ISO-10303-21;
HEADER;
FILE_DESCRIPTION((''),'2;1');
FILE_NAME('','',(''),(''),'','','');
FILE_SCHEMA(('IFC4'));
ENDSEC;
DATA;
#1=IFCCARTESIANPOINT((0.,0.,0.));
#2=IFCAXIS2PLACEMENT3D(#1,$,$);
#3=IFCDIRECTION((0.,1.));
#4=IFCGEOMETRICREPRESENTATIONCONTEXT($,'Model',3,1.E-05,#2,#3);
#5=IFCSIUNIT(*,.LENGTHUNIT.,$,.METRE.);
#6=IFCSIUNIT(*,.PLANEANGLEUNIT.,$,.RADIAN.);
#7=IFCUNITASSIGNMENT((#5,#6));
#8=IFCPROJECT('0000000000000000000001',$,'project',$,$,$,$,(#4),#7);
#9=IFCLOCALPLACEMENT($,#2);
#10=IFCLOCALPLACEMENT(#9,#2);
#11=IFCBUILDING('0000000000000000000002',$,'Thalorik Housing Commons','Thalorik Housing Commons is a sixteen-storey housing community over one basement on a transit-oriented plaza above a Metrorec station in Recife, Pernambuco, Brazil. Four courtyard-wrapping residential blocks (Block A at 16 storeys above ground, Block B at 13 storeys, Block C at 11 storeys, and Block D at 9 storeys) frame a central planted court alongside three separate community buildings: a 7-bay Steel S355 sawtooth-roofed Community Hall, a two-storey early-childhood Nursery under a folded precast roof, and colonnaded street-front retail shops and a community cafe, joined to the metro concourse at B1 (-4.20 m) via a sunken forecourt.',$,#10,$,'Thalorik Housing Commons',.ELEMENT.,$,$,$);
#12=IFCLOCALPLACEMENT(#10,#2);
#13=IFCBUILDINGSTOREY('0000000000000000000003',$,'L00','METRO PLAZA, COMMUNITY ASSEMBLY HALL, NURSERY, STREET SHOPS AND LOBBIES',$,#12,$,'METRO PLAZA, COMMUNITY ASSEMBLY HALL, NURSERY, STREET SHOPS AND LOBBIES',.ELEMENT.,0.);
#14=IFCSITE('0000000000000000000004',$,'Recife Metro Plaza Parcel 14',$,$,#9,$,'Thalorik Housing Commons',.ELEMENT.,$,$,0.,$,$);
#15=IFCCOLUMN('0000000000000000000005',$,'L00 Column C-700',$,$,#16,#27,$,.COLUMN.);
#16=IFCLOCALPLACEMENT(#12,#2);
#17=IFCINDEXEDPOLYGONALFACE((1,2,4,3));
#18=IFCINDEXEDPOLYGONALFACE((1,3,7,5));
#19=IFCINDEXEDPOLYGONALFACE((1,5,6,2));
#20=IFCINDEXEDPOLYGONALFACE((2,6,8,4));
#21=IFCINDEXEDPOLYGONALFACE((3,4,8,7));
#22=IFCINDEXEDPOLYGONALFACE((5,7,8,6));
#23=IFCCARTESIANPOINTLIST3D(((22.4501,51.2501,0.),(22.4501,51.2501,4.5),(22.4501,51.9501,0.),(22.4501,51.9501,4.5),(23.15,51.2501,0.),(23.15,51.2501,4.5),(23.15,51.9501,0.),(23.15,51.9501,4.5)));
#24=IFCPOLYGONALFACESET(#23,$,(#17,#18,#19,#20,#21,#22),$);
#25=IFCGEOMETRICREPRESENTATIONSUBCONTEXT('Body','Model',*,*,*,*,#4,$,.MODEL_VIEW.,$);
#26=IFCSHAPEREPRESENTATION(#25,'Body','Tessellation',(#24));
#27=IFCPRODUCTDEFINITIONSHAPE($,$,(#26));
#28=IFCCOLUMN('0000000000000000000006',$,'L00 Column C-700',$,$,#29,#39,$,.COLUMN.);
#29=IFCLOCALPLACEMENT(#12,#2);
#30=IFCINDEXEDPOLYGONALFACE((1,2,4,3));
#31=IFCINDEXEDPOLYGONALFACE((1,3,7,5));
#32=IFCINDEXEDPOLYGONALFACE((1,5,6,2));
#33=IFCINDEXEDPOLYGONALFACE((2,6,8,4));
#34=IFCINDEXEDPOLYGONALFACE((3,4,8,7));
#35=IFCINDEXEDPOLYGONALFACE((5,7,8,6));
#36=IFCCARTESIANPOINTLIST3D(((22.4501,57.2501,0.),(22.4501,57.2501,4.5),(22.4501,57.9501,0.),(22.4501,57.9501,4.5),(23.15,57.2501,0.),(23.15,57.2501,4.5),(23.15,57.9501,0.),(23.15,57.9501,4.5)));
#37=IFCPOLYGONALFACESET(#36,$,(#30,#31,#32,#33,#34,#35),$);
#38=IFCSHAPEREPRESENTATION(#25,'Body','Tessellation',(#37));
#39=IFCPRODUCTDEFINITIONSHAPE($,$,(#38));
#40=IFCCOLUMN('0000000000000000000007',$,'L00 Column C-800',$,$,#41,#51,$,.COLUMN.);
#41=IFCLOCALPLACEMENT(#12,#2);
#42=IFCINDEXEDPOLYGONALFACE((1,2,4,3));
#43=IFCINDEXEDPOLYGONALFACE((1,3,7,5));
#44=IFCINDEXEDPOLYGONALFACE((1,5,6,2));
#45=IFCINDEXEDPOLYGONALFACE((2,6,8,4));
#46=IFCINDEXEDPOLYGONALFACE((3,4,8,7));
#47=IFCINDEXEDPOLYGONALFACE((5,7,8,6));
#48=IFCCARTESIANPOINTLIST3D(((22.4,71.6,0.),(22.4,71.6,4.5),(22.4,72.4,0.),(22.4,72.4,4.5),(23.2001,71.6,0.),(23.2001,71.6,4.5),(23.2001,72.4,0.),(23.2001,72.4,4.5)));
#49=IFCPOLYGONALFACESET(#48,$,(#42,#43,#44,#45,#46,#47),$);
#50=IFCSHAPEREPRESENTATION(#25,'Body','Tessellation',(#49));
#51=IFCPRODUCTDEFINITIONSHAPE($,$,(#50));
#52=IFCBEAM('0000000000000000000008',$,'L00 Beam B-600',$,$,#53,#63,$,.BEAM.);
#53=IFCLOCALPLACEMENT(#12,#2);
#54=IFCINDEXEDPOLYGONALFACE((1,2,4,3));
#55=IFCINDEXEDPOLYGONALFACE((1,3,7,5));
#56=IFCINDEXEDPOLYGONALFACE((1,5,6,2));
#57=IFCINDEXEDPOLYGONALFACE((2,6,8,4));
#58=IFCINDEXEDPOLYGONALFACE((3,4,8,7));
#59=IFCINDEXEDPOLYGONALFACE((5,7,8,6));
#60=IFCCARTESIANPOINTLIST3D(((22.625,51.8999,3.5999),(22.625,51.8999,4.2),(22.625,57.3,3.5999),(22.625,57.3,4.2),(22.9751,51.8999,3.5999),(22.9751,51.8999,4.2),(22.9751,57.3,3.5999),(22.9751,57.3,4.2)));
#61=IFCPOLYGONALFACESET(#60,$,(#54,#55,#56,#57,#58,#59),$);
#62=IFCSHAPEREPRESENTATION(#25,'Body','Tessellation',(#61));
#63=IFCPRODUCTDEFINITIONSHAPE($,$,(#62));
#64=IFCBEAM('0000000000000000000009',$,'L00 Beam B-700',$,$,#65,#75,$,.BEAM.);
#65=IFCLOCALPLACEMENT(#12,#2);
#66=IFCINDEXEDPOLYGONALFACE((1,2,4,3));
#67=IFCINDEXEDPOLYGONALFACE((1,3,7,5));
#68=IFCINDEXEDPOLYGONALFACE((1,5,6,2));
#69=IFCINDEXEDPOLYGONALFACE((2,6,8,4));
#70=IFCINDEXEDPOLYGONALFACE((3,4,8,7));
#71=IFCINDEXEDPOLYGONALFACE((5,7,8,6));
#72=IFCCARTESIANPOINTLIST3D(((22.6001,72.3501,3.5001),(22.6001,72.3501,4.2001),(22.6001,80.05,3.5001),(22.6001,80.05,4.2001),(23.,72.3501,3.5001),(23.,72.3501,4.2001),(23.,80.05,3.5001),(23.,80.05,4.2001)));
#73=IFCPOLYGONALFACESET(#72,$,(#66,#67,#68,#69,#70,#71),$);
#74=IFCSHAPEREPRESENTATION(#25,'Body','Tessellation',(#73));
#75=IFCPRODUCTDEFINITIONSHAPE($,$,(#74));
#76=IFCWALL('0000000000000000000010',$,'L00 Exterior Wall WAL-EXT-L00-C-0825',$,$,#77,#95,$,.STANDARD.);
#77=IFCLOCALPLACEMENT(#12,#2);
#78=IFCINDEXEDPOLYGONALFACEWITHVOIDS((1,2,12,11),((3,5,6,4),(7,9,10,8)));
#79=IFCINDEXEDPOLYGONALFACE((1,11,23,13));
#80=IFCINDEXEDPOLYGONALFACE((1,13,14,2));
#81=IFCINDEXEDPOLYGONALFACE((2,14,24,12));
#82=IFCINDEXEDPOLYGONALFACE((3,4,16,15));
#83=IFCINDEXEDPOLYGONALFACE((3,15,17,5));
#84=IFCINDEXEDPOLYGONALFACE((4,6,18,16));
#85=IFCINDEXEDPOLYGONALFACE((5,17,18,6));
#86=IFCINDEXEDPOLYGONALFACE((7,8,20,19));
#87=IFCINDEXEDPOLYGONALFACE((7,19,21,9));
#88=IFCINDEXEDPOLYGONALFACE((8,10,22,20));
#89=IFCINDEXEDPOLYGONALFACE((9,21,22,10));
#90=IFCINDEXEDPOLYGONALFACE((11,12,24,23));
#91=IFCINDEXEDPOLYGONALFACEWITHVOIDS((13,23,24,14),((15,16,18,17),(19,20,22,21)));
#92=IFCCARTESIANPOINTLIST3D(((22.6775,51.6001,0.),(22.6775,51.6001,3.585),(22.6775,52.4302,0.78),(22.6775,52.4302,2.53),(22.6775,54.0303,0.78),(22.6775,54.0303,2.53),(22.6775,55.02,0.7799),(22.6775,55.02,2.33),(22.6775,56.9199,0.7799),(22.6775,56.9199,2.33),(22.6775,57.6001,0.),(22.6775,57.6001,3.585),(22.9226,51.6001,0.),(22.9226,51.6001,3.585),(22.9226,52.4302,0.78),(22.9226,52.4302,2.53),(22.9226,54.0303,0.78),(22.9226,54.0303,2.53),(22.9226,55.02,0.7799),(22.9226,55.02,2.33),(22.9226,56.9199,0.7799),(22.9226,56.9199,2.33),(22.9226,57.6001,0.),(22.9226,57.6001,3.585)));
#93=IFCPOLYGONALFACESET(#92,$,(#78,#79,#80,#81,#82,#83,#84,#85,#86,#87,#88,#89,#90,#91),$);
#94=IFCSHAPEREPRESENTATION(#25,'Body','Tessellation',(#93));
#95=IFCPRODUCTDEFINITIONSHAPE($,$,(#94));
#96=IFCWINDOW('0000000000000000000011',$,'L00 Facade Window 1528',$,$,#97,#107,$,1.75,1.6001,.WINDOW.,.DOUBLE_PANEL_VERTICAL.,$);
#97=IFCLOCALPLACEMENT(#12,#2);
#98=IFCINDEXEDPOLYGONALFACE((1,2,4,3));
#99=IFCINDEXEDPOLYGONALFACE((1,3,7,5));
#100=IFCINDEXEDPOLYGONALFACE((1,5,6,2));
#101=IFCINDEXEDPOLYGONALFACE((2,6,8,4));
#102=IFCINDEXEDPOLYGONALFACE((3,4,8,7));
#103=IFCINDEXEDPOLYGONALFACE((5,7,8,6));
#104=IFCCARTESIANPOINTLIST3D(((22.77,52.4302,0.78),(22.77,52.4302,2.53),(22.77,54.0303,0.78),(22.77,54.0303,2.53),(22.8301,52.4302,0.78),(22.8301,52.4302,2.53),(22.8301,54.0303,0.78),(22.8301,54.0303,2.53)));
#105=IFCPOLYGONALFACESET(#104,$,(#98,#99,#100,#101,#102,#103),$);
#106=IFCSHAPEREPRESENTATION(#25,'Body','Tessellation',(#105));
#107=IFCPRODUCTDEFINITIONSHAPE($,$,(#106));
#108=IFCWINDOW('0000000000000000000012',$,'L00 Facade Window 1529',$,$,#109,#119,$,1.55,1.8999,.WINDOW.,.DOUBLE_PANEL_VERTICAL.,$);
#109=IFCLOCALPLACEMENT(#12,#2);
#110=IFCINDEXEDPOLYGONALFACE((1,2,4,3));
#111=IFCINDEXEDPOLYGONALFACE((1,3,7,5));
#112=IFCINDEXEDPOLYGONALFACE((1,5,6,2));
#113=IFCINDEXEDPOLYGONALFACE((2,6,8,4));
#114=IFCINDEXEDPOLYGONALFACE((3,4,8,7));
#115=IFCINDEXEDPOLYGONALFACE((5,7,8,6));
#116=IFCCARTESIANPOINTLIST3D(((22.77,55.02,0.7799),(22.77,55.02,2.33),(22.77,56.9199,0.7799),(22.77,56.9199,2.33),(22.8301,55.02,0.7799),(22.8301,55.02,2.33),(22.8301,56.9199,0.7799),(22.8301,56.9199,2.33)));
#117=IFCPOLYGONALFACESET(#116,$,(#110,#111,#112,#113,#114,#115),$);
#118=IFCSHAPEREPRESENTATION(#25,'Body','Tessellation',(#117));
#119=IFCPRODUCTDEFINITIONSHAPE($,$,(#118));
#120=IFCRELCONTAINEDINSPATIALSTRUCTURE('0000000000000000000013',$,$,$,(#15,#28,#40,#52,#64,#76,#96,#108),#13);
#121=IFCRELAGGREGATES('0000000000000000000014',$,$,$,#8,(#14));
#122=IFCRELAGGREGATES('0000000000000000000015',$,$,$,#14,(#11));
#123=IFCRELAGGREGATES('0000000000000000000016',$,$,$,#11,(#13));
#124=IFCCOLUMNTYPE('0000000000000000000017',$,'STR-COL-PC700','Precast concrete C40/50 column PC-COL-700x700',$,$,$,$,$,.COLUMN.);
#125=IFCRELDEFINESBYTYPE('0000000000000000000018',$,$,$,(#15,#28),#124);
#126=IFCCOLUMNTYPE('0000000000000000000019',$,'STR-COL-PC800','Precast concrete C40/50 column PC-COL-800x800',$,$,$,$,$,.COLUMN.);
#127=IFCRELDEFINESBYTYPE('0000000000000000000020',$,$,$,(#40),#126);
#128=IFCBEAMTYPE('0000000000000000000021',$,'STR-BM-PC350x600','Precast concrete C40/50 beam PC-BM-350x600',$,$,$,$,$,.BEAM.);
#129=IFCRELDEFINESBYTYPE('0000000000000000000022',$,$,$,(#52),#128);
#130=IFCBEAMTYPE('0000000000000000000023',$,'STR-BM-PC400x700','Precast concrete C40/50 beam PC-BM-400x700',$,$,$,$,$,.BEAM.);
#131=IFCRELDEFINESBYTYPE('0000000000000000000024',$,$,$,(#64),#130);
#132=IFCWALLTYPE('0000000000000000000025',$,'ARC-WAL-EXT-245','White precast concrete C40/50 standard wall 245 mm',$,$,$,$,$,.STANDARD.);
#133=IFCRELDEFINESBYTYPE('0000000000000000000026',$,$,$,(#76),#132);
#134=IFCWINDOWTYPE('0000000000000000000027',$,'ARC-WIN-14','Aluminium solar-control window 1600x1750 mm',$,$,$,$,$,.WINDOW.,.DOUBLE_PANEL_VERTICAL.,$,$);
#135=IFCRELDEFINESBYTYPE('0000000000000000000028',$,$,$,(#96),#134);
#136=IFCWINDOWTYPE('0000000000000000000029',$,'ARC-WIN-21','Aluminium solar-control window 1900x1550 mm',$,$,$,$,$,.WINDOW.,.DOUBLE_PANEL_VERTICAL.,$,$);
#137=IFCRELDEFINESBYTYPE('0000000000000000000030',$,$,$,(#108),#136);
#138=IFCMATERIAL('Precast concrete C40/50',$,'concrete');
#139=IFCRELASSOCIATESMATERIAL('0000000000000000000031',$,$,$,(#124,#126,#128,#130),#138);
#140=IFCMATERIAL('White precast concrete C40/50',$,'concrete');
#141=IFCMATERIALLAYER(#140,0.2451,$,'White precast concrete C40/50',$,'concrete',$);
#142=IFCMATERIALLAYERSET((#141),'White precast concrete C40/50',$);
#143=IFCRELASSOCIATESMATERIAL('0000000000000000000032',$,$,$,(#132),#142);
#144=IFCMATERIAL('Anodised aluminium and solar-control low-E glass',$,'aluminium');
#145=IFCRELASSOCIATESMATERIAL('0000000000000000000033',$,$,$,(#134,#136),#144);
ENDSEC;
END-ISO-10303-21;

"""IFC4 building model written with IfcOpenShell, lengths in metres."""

from ifc_helpers import new_model, si_unit, direction, frame, frame_2d, origin, origin_2d, place, context, subcontext, project, spatial, rectangle, extrude, material, layer, layer_set, material_profile, profile_set, type_object, element, fill, save


model = new_model("IFC4")

# Units and contexts
model_context = context("Model", 3, precision=1e-05, world=origin(), true_north=direction((0.0, 1.0)))
body_context = subcontext(model_context, "Body", "Model", "MODEL_VIEW")
ifc_project = project(units=[si_unit("LENGTHUNIT", "METRE"), si_unit("PLANEANGLEUNIT", "RADIAN")], contexts=[model_context])

# Site, building, storey
site_placement = place(None, origin())
site = spatial("IfcSite", under=ifc_project, at=site_placement, Name="Recife Metro Plaza Parcel 14", LongName="Thalorik Housing Commons", CompositionType="ELEMENT", RefElevation=0.0)
building_placement = place(site_placement, origin())
building = spatial("IfcBuilding", under=site, at=building_placement, Name="Thalorik Housing Commons", Description="Thalorik Housing Commons is a sixteen-storey housing community over one basement on a transit-oriented plaza above a Metrorec station in Recife, Pernambuco, Brazil. Four courtyard-wrapping residential blocks (Block A at 16 storeys above ground, Block B at 13 storeys, Block C at 11 storeys, and Block D at 9 storeys) frame a central planted court alongside three separate community buildings: a 7-bay Steel S355 sawtooth-roofed Community Hall, a two-storey early-childhood Nursery under a folded precast roof, and colonnaded street-front retail shops and a community cafe, joined to the metro concourse at B1 (-4.20 m) via a sunken forecourt.", LongName="Thalorik Housing Commons", CompositionType="ELEMENT")
storey_placement = place(building_placement, origin())
storey = spatial("IfcBuildingStorey", under=building, at=storey_placement, Name="L00", Description="METRO PLAZA, COMMUNITY ASSEMBLY HALL, NURSERY, STREET SHOPS AND LOBBIES", LongName="METRO PLAZA, COMMUNITY ASSEMBLY HALL, NURSERY, STREET SHOPS AND LOBBIES", CompositionType="ELEMENT", Elevation=0.0)

# Columns
ifc_material_1 = material(Name="Precast concrete C40/50", Category="concrete")
ifc_material_profile_1 = material_profile(ifc_material_1, rectangle(XDim=0.7, YDim=0.7, at=origin_2d()), Name="PC 700x700", Category="concrete")
ifc_profile_set_1 = profile_set([ifc_material_profile_1], Name="Precast concrete C40/50")
column_type_1 = type_object("IfcColumnType", Name="STR-COL-PC700", Description="Precast concrete C40/50 column PC-COL-700x700", PredefinedType="COLUMN", material=ifc_profile_set_1)
for number, where, z_axis, x_axis, name in (
    (1, (22.8, 51.6001, 0.0), (0.0, 0.0, 1.0), (1.0, 0.0, 0.0), "L00 Column C-700"),
    (2, (22.8, 57.6001, 0.0), (0.0, 0.0, 1.0), (1.0, 0.0, 0.0), "L00 Column C-700"),
):
    element("IfcColumn", number, at=place(storey_placement, frame(where, z_axis=z_axis, x_axis=x_axis)), inside=storey, type_object=column_type_1, Name=name, PredefinedType="COLUMN", context=body_context, shape_type="SweptSolid", body=[
        extrude(rectangle(XDim=0.7, YDim=0.7, at=origin_2d()), origin(), (0.0, 0.0, 1.0), 4.5),
    ])
ifc_material_profile_2 = material_profile(ifc_material_1, rectangle(XDim=0.8, YDim=0.8, at=origin_2d()), Name="PC 800x800", Category="concrete")
ifc_profile_set_2 = profile_set([ifc_material_profile_2], Name="Precast concrete C40/50")
column_type_2 = type_object("IfcColumnType", Name="STR-COL-PC800", Description="Precast concrete C40/50 column PC-COL-800x800", PredefinedType="COLUMN", material=ifc_profile_set_2)
column_placement = place(storey_placement, frame((22.8, 72.0, 0.0), z_axis=(0.0, 0.0, 1.0), x_axis=(1.0, 0.0, 0.0)))
element("IfcColumn", 3, at=column_placement, inside=storey, type_object=column_type_2, Name="L00 Column C-800", PredefinedType="COLUMN", context=body_context, shape_type="SweptSolid", body=[
    extrude(rectangle(XDim=0.8, YDim=0.8, at=origin_2d()), origin(), (0.0, 0.0, 1.0), 4.5),
])

# Beams
ifc_material_profile_3 = material_profile(ifc_material_1, rectangle(XDim=0.3501, YDim=0.6001, at=origin_2d()), Name="PC 350x600", Category="concrete")
ifc_profile_set_3 = profile_set([ifc_material_profile_3], Name="Precast concrete C40/50")
beam_type_1 = type_object("IfcBeamType", Name="STR-BM-PC350x600", Description="Precast concrete C40/50 beam PC-BM-350x600", PredefinedType="BEAM", material=ifc_profile_set_3)
beam_1_placement = place(storey_placement, frame((22.8, 51.8999, 3.8999), z_axis=(0.0, 1.0, 0.0), x_axis=(-1.0, 0.0, 0.0)))
element("IfcBeam", 4, at=beam_1_placement, inside=storey, type_object=beam_type_1, Name="L00 Beam B-600", PredefinedType="BEAM", context=body_context, shape_type="SweptSolid", body=[
    extrude(rectangle(XDim=0.3501, YDim=0.6001, at=origin_2d()), origin(), (0.0, 0.0, 1.0), 5.4001),
])
ifc_material_profile_4 = material_profile(ifc_material_1, rectangle(XDim=0.3999, YDim=0.7, at=origin_2d()), Name="PC 400x700", Category="concrete")
ifc_profile_set_4 = profile_set([ifc_material_profile_4], Name="Precast concrete C40/50")
beam_type_2 = type_object("IfcBeamType", Name="STR-BM-PC400x700", Description="Precast concrete C40/50 beam PC-BM-400x700", PredefinedType="BEAM", material=ifc_profile_set_4)
beam_2_placement = place(storey_placement, frame((22.8, 72.3501, 3.8501), z_axis=(0.0, 1.0, 0.0), x_axis=(-1.0, 0.0, 0.0)))
element("IfcBeam", 5, at=beam_2_placement, inside=storey, type_object=beam_type_2, Name="L00 Beam B-700", PredefinedType="BEAM", context=body_context, shape_type="SweptSolid", body=[
    extrude(rectangle(XDim=0.3999, YDim=0.7, at=origin_2d()), origin(), (0.0, 0.0, 1.0), 7.7),
])

# Wall, openings, windows
ifc_material_2 = material(Name="White precast concrete C40/50", Category="concrete")
ifc_layer_1 = layer(ifc_material_2, 0.2451, Name="White precast concrete C40/50", Category="concrete")
ifc_layer_set_1 = layer_set([ifc_layer_1], Name="White precast concrete C40/50")
wall_type_1 = type_object("IfcWallType", Name="ARC-WAL-EXT-245", Description="White precast concrete C40/50 standard wall 245 mm", PredefinedType="STANDARD", material=ifc_layer_set_1)
wall_1_placement = place(storey_placement, frame((22.8, 51.6001, 0.0), z_axis=(0.0, 0.0, 1.0), x_axis=(0.0, 1.0, 0.0)))
wall_1 = element("IfcWall", 6, at=wall_1_placement, inside=storey, type_object=wall_type_1, Name="L00 Exterior Wall WAL-EXT-L00-C-0825", PredefinedType="STANDARD", context=body_context, shape_type="SweptSolid", body=[
    extrude(rectangle(XDim=6.0, YDim=0.2451, at=frame_2d((3.0, 0.0))), origin(), (0.0, 0.0, 1.0), 3.585),
])
opening_1_placement = place(wall_1_placement, frame((0.8301, 0.0, 0.78)))
opening_1 = element("IfcOpeningElement", 7, at=opening_1_placement, cuts=wall_1, PredefinedType="OPENING", context=body_context, shape_type="SweptSolid", body=[
    extrude(rectangle(XDim=1.6001, YDim=1.75, at=frame_2d((0.8, 0.875))), frame((0.0, 0.1326, 0.0), z_axis=(0.0, -1.0, 0.0), x_axis=(1.0, 0.0, 0.0)), (0.0, 0.0, 1.0), 0.2651),
])
opening_2_placement = place(wall_1_placement, frame((3.4199, 0.0, 0.78)))
opening_2 = element("IfcOpeningElement", 8, at=opening_2_placement, cuts=wall_1, PredefinedType="OPENING", context=body_context, shape_type="SweptSolid", body=[
    extrude(rectangle(XDim=1.8999, YDim=1.55, at=frame_2d((0.95, 0.7749))), frame((0.0, 0.1326, 0.0), z_axis=(0.0, -1.0, 0.0), x_axis=(1.0, 0.0, 0.0)), (0.0, 0.0, 1.0), 0.2651),
])
ifc_material_3 = material(Name="Anodised aluminium and solar-control low-E glass", Category="aluminium")
window_type_1 = type_object("IfcWindowType", Name="ARC-WIN-14", Description="Aluminium solar-control window 1600x1750 mm", PartitioningType="DOUBLE_PANEL_VERTICAL", PredefinedType="WINDOW", material=ifc_material_3)
window_1_placement = place(opening_1_placement, origin())
window_1 = element("IfcWindow", 9, at=window_1_placement, inside=storey, type_object=window_type_1, Name="L00 Facade Window 1528", OverallHeight=1.75, OverallWidth=1.6001, PartitioningType="DOUBLE_PANEL_VERTICAL", PredefinedType="WINDOW", context=body_context, shape_type="SweptSolid", body=[
    extrude(rectangle(XDim=1.6001, YDim=1.75, at=frame_2d((0.8, 0.875))), frame((0.0, 0.03, 0.0), z_axis=(0.0, -1.0, 0.0), x_axis=(1.0, 0.0, 0.0)), (0.0, 0.0, 1.0), 0.0601),
])
fill(opening_1, window_1)
window_type_2 = type_object("IfcWindowType", Name="ARC-WIN-21", Description="Aluminium solar-control window 1900x1550 mm", PartitioningType="DOUBLE_PANEL_VERTICAL", PredefinedType="WINDOW", material=ifc_material_3)
window_2_placement = place(opening_2_placement, origin())
window_2 = element("IfcWindow", 10, at=window_2_placement, inside=storey, type_object=window_type_2, Name="L00 Facade Window 1529", OverallHeight=1.55, OverallWidth=1.8999, PartitioningType="DOUBLE_PANEL_VERTICAL", PredefinedType="WINDOW", context=body_context, shape_type="SweptSolid", body=[
    extrude(rectangle(XDim=1.8999, YDim=1.55, at=frame_2d((0.95, 0.7749))), frame((0.0, 0.03, 0.0), z_axis=(0.0, -1.0, 0.0), x_axis=(1.0, 0.0, 0.0)), (0.0, 0.0, 1.0), 0.0601),
])
fill(opening_2, window_2)

save(model, "model.ifc")
